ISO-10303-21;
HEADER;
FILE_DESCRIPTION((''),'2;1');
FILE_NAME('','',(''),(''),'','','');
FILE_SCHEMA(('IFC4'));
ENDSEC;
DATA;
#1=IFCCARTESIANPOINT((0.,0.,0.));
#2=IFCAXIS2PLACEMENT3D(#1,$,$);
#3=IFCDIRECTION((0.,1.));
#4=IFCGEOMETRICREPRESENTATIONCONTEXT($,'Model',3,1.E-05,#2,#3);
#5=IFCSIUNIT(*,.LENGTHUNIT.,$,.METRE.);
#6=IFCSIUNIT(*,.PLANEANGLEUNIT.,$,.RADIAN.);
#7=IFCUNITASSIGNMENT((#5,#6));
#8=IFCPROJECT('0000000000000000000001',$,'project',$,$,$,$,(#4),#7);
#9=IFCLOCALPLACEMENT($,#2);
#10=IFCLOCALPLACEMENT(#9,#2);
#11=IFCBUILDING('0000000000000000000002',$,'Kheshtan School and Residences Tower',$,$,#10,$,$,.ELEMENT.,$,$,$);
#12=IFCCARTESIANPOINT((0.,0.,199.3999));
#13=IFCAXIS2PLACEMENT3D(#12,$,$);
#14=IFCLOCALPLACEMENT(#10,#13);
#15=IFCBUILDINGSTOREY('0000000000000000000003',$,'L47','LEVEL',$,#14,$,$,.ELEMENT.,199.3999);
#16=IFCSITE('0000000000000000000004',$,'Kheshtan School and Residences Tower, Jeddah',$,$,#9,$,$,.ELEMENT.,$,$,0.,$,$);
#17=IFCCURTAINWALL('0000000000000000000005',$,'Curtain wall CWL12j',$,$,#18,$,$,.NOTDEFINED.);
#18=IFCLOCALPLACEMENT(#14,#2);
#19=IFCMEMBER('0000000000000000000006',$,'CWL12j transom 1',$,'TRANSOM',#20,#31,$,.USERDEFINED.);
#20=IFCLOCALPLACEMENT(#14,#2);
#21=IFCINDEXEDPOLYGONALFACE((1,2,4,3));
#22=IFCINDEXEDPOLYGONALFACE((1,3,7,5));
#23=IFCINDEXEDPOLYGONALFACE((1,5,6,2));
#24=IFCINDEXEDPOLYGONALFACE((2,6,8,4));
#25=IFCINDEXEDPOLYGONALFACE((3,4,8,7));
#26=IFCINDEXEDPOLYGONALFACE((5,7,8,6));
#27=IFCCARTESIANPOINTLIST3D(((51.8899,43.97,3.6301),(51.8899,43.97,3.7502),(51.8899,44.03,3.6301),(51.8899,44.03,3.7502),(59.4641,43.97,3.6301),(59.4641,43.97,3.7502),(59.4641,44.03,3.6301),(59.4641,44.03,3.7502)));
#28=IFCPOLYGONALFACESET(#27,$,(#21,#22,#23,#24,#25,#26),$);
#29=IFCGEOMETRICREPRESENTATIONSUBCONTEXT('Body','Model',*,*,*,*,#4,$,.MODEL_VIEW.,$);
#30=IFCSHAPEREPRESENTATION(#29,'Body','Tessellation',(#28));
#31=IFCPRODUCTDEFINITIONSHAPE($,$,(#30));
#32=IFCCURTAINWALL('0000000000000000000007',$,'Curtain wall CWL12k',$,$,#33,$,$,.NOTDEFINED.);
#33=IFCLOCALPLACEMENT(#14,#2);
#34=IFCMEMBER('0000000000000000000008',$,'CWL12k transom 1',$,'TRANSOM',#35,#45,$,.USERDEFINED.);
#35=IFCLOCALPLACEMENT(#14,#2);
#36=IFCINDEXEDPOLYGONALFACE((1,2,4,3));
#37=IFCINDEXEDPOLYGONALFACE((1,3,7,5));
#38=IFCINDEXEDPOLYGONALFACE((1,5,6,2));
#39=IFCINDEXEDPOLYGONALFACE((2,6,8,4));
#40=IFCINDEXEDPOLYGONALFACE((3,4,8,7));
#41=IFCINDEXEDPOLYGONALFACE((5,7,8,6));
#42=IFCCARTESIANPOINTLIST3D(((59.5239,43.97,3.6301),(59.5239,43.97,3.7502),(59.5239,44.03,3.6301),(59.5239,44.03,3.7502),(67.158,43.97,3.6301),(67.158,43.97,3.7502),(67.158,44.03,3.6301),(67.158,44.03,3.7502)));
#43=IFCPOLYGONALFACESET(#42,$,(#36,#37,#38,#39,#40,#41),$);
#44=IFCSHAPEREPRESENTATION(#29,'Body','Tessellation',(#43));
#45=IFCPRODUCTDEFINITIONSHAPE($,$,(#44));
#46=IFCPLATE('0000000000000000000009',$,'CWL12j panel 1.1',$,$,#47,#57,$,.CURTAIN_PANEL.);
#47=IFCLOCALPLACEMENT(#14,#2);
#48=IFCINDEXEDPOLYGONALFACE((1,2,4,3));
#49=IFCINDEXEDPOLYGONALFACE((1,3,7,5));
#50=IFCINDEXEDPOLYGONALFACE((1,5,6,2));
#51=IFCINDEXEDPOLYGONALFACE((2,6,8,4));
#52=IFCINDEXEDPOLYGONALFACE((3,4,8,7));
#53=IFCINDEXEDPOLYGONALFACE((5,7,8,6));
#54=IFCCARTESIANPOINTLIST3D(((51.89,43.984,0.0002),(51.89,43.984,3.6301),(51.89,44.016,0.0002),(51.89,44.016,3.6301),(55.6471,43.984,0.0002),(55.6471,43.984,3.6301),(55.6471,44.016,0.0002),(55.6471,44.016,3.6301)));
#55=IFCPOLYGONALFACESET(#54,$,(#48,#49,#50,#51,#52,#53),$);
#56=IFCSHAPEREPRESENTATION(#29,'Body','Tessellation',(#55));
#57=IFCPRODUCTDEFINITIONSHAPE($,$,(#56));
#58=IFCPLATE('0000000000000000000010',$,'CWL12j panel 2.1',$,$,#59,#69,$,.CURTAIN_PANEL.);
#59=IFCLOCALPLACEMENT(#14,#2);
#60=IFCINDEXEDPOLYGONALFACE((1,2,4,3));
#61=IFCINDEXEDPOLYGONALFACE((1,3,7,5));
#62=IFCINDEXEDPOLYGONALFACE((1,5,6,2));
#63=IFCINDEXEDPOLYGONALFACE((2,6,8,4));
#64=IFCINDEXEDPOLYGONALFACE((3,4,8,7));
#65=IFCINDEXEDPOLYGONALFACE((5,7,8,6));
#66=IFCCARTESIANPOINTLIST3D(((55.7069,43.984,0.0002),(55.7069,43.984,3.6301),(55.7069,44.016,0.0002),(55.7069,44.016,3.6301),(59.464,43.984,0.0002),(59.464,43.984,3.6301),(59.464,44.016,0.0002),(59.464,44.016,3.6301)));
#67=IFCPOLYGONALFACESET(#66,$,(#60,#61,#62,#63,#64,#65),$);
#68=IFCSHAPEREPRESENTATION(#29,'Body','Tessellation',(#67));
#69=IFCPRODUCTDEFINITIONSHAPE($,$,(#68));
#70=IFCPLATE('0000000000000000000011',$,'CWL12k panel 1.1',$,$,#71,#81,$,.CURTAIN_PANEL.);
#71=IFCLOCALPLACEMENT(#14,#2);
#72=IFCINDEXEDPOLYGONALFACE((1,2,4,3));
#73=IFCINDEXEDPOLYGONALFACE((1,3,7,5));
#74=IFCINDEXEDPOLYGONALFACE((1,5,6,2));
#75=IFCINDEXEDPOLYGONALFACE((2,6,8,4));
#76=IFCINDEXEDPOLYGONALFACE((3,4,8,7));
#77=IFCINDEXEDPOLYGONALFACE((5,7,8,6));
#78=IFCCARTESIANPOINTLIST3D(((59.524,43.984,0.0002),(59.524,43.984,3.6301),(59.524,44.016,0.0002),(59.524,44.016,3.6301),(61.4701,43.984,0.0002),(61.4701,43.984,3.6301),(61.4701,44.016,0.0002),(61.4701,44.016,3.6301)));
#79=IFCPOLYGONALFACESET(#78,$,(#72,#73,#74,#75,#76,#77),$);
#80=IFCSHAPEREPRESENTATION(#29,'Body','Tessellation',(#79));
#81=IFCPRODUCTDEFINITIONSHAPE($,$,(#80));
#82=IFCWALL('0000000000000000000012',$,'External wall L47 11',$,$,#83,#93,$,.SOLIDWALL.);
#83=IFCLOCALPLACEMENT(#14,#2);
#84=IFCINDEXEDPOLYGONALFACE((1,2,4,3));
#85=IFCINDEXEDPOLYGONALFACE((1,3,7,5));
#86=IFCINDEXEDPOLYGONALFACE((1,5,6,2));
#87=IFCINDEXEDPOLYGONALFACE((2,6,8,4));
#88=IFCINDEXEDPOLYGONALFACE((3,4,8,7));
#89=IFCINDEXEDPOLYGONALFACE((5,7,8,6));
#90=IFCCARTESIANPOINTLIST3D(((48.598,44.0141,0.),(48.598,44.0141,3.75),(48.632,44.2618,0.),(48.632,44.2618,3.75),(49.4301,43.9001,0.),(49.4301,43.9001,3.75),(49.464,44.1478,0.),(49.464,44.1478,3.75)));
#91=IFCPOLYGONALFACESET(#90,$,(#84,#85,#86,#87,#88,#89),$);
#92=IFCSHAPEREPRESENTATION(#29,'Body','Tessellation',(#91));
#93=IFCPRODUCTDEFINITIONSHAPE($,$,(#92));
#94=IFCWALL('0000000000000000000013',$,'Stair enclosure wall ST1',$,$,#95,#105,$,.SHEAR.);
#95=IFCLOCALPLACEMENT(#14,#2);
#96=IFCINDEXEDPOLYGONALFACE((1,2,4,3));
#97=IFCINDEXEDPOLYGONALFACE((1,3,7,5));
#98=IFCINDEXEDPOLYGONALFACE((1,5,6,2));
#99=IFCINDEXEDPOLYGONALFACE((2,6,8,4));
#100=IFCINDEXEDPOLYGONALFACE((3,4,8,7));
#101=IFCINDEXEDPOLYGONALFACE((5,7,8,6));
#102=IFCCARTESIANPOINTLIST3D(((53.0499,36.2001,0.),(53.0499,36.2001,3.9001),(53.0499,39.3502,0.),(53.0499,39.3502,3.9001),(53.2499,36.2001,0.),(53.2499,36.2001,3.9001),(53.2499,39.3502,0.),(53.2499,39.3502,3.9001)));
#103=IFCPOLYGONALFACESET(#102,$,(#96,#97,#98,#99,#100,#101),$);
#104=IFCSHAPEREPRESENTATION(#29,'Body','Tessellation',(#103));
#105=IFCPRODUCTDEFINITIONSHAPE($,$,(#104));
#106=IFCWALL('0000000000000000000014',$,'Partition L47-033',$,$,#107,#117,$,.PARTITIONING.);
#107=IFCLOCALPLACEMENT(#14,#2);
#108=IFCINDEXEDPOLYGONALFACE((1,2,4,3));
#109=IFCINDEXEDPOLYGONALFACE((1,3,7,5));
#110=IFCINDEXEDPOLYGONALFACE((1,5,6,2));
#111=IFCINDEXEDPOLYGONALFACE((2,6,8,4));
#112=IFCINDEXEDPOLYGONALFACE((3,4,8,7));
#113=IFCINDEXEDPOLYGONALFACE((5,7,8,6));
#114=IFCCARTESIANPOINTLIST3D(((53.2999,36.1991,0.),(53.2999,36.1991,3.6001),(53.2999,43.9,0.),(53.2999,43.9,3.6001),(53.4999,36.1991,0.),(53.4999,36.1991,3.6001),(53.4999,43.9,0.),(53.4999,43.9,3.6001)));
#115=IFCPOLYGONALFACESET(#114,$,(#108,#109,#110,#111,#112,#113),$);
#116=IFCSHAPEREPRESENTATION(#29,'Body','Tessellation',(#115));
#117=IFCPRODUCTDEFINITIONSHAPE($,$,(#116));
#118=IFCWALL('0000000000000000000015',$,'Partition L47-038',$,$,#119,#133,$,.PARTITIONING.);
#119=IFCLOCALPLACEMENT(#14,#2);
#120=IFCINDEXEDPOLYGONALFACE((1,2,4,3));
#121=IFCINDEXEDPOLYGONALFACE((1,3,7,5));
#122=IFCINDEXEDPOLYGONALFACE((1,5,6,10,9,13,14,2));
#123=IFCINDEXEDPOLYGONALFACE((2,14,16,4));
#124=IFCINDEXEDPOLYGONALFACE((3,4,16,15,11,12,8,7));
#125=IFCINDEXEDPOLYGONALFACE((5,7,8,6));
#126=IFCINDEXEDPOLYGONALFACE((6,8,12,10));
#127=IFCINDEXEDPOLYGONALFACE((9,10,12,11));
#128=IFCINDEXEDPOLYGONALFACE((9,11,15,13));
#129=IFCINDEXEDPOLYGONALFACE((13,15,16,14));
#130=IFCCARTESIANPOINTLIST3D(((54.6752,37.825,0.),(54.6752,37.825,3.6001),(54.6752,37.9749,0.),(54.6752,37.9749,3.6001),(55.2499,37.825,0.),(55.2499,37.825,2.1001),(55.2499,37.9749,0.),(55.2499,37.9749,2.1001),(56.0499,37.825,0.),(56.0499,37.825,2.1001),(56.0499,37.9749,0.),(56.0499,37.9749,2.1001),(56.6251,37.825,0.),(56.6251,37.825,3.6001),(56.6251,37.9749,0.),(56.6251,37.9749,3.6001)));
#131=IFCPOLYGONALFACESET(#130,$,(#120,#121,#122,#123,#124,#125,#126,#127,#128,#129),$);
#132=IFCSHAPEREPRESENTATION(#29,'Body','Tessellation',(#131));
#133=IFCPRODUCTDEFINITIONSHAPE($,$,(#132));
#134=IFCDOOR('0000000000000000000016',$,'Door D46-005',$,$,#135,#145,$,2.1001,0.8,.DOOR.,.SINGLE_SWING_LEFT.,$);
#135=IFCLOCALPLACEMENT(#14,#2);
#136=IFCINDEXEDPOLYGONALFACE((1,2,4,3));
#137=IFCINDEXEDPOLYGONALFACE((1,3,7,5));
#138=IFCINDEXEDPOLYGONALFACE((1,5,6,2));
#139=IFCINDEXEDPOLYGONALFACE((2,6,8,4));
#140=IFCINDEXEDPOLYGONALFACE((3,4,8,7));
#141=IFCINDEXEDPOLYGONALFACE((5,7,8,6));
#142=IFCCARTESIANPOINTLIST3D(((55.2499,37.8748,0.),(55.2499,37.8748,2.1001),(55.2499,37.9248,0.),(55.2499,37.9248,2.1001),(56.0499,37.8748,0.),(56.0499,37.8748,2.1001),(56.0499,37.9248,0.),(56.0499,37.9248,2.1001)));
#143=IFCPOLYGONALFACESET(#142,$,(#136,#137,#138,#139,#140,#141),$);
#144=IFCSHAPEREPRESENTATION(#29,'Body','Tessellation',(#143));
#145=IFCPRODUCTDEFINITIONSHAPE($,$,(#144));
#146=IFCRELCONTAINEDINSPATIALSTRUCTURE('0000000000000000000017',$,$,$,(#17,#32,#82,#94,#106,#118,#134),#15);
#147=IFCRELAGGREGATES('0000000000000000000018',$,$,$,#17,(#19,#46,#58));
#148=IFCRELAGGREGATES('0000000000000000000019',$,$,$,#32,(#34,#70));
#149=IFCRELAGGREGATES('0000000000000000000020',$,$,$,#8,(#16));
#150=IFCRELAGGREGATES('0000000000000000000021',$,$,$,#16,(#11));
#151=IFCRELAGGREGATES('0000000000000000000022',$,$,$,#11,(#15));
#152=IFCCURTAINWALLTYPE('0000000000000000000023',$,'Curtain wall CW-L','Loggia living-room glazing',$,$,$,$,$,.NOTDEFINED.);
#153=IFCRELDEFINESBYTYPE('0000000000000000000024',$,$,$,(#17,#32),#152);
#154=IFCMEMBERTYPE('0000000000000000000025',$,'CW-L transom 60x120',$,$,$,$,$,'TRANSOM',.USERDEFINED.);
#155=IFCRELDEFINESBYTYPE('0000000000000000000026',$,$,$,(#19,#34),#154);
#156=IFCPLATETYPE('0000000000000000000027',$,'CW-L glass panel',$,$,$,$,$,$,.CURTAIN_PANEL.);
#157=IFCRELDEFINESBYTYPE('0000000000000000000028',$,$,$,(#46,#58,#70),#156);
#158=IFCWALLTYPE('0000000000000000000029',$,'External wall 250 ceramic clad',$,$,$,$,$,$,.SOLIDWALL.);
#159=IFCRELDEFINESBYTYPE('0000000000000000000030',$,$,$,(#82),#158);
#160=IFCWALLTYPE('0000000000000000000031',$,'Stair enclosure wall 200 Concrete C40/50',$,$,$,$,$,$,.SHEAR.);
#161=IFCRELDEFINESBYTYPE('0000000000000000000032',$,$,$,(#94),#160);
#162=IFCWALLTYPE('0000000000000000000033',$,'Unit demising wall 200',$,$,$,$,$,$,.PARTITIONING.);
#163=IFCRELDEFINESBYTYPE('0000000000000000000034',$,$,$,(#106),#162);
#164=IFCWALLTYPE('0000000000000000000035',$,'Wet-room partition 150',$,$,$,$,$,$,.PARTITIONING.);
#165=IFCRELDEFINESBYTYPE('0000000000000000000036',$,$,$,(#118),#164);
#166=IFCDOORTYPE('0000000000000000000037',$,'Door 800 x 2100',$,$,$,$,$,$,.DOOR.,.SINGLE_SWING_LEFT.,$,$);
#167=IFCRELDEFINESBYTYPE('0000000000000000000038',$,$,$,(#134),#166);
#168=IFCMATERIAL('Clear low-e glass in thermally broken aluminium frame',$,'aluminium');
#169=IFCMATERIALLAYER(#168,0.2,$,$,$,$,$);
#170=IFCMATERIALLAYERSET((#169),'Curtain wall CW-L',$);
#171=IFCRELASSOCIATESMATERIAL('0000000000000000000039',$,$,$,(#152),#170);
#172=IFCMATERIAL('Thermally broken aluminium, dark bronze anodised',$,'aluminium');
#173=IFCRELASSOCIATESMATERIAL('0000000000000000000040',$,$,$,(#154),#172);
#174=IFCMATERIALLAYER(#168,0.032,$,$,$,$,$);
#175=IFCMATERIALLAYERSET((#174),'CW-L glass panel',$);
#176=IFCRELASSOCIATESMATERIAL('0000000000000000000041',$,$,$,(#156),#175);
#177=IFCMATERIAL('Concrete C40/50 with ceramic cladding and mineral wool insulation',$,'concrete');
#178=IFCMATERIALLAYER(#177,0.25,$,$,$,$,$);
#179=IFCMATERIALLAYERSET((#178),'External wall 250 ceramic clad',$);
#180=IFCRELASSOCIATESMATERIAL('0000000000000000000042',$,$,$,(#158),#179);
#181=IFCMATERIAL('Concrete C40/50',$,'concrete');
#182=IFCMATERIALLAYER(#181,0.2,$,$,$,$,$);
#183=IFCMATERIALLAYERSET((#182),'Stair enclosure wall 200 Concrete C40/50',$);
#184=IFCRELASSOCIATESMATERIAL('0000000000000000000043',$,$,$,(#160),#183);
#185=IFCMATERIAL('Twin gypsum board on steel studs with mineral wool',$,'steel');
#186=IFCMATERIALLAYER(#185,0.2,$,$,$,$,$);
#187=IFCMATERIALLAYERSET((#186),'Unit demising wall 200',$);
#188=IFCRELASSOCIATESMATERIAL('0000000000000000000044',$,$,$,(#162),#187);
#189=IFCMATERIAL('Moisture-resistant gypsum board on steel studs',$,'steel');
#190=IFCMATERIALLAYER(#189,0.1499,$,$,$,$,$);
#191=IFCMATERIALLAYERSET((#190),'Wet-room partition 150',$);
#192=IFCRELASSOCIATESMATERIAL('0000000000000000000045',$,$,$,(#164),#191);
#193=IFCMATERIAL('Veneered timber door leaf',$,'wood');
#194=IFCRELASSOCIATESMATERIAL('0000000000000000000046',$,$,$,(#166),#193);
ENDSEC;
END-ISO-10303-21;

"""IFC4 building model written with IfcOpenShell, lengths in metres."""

from ifc_helpers import new_model, si_unit, direction, frame, frame_2d, origin, origin_2d, place, context, subcontext, project, spatial, rectangle, extrude, source, transform, mapped, material, layer, layer_set, material_profile, profile_set, type_object, element, fill, aggregate, save


model = new_model("IFC4")

# Units and contexts
model_context = context("Model", 3, precision=1e-05, world=origin(), true_north=direction((0.0, 1.0)))
body_context = subcontext(model_context, "Body", "Model", "MODEL_VIEW")
ifc_project = project(units=[si_unit("LENGTHUNIT", "METRE"), si_unit("PLANEANGLEUNIT", "RADIAN")], contexts=[model_context])

# Site, building, storey
site_placement = place(None, origin())
site = spatial("IfcSite", under=ifc_project, at=site_placement, Name="Kheshtan School and Residences Tower, Jeddah", CompositionType="ELEMENT", RefElevation=0.0)
building_placement = place(site_placement, origin())
building = spatial("IfcBuilding", under=site, at=building_placement, Name="Kheshtan School and Residences Tower", CompositionType="ELEMENT")
storey_placement = place(building_placement, frame((0.0, 0.0, 199.3999)))
storey = spatial("IfcBuildingStorey", under=building, at=storey_placement, Name="L47", Description="LEVEL", CompositionType="ELEMENT", Elevation=199.3999)

# Curtain wall, member
ifc_material_1 = material(Name="Clear low-e glass in thermally broken aluminium frame", Category="aluminium")
ifc_layer_1 = layer(ifc_material_1, 0.2)
ifc_layer_set_1 = layer_set([ifc_layer_1], Name="Curtain wall CW-L")
curtain_wall_type = type_object("IfcCurtainWallType", Name="Curtain wall CW-L", Description="Loggia living-room glazing", PredefinedType="NOTDEFINED", material=ifc_layer_set_1)
curtain_wall_1_placement = place(storey_placement, origin())
curtain_wall_1 = element("IfcCurtainWall", 1, at=curtain_wall_1_placement, inside=storey, type_object=curtain_wall_type, Name="Curtain wall CWL12j", PredefinedType="NOTDEFINED")
ifc_material_2 = material(Name="Thermally broken aluminium, dark bronze anodised", Category="aluminium")
ifc_material_profile_1 = material_profile(ifc_material_2, rectangle(XDim=0.0601, YDim=0.1201, at=origin_2d()), Name="CW-L transom 60x120")
ifc_profile_set_1 = profile_set([ifc_material_profile_1], Name="Thermally broken aluminium, dark bronze anodised")
member_type_1 = type_object("IfcMemberType", Name="CW-L transom 60x120", ElementType="TRANSOM", PredefinedType="USERDEFINED", material=ifc_profile_set_1)
member_1_placement = place(storey_placement, frame((51.8899, 44.0, 3.6902), z_axis=(1.0, 0.0, 0.0), x_axis=(0.0, 1.0, 0.0)))
member_1 = element("IfcMember", 2, at=member_1_placement, type_object=member_type_1, Name="CWL12j transom 1", ObjectType="TRANSOM", PredefinedType="USERDEFINED", context=body_context, shape_type="SweptSolid", body=[
    extrude(rectangle(XDim=0.0601, YDim=0.1201, at=origin_2d()), origin(), (0.0, 0.0, 1.0), 7.5742),
])

# Curtain wall, member
curtain_wall_2_placement = place(storey_placement, origin())
curtain_wall_2 = element("IfcCurtainWall", 3, at=curtain_wall_2_placement, inside=storey, type_object=curtain_wall_type, Name="Curtain wall CWL12k", PredefinedType="NOTDEFINED")
member_2_placement = place(storey_placement, frame((59.5239, 44.0, 3.6902), z_axis=(1.0, 0.0, 0.0), x_axis=(0.0, 1.0, 0.0)))
member_2 = element("IfcMember", 4, at=member_2_placement, type_object=member_type_1, Name="CWL12k transom 1", ObjectType="TRANSOM", PredefinedType="USERDEFINED", context=body_context, shape_type="SweptSolid", body=[
    extrude(rectangle(XDim=0.0601, YDim=0.1201, at=origin_2d()), origin(), (0.0, 0.0, 1.0), 7.634),
])

# Plates
ifc_layer_2 = layer(ifc_material_1, 0.032)
ifc_layer_set_2 = layer_set([ifc_layer_2], Name="CW-L glass panel")
plate_type = type_object("IfcPlateType", Name="CW-L glass panel", PredefinedType="CURTAIN_PANEL", material=ifc_layer_set_2)
plate_1_placement = place(storey_placement, frame((53.7686, 44.0, 0.0002), z_axis=(0.0, 0.0, 1.0), x_axis=(1.0, 0.0, 0.0)))
plate_1 = element("IfcPlate", 5, at=plate_1_placement, type_object=plate_type, Name="CWL12j panel 1.1", PredefinedType="CURTAIN_PANEL", context=body_context, shape_type="SweptSolid", body=[
    extrude(rectangle(XDim=3.7571, YDim=0.032, at=origin_2d()), origin(), (0.0, 0.0, 1.0), 3.6299),
])
plate_2_placement = place(storey_placement, frame((57.5854, 44.0, 0.0002), z_axis=(0.0, 0.0, 1.0), x_axis=(1.0, 0.0, 0.0)))
plate_2 = element("IfcPlate", 6, at=plate_2_placement, type_object=plate_type, Name="CWL12j panel 2.1", PredefinedType="CURTAIN_PANEL", context=body_context, shape_type="SweptSolid", body=[
    extrude(rectangle(XDim=3.7571, YDim=0.032, at=origin_2d()), origin(), (0.0, 0.0, 1.0), 3.6299),
])
aggregate(curtain_wall_1, [member_1, plate_1, plate_2])
plate_3_placement = place(storey_placement, frame((60.4971, 44.0, 0.0002), z_axis=(0.0, 0.0, 1.0), x_axis=(1.0, 0.0, 0.0)))
plate_3 = element("IfcPlate", 7, at=plate_3_placement, type_object=plate_type, Name="CWL12k panel 1.1", PredefinedType="CURTAIN_PANEL", context=body_context, shape_type="SweptSolid", body=[
    extrude(rectangle(XDim=1.946, YDim=0.032, at=origin_2d()), origin(), (0.0, 0.0, 1.0), 3.6299),
])
aggregate(curtain_wall_2, [member_2, plate_3])

# Wall
ifc_material_3 = material(Name="Concrete C40/50 with ceramic cladding and mineral wool insulation", Category="concrete")
ifc_layer_3 = layer(ifc_material_3, 0.25)
ifc_layer_set_3 = layer_set([ifc_layer_3], Name="External wall 250 ceramic clad")
wall_type_1 = type_object("IfcWallType", Name="External wall 250 ceramic clad", PredefinedType="SOLIDWALL", material=ifc_layer_set_3)
wall_1_placement = place(storey_placement, frame((48.615, 44.1379, 0.0), z_axis=(0.0, 0.0, 1.0), x_axis=(0.990742, -0.135762, 0.0)))
element("IfcWall", 8, at=wall_1_placement, inside=storey, type_object=wall_type_1, Name="External wall L47 11", PredefinedType="SOLIDWALL", context=body_context, shape_type="SweptSolid", body=[
    extrude(rectangle(XDim=0.8398, YDim=0.25, at=frame_2d((0.4199, 0.0))), origin(), (0.0, 0.0, 1.0), 3.75),
])

# Walls
ifc_material_4 = material(Name="Concrete C40/50", Category="concrete")
ifc_layer_4 = layer(ifc_material_4, 0.2)
ifc_layer_set_4 = layer_set([ifc_layer_4], Name="Stair enclosure wall 200 Concrete C40/50")
wall_type_2 = type_object("IfcWallType", Name="Stair enclosure wall 200 Concrete C40/50", PredefinedType="SHEAR", material=ifc_layer_set_4)
wall_2_placement = place(storey_placement, frame((53.1499, 36.2, 0.0), z_axis=(0.0, 0.0, 1.0), x_axis=(0.0, 1.0, 0.0)))
element("IfcWall", 9, at=wall_2_placement, inside=storey, type_object=wall_type_2, Name="Stair enclosure wall ST1", PredefinedType="SHEAR", context=body_context, shape_type="SweptSolid", body=[
    extrude(rectangle(XDim=3.1501, YDim=0.2, at=frame_2d((1.5752, 0.0))), origin(), (0.0, 0.0, 1.0), 3.9001),
])
ifc_material_5 = material(Name="Twin gypsum board on steel studs with mineral wool", Category="steel")
ifc_layer_5 = layer(ifc_material_5, 0.2)
ifc_layer_set_5 = layer_set([ifc_layer_5], Name="Unit demising wall 200")
wall_type_3 = type_object("IfcWallType", Name="Unit demising wall 200", PredefinedType="PARTITIONING", material=ifc_layer_set_5)
wall_3_placement = place(storey_placement, frame((53.3999, 36.199, 0.0), z_axis=(0.0, 0.0, 1.0), x_axis=(0.0, 1.0, 0.0)))
element("IfcWall", 10, at=wall_3_placement, inside=storey, type_object=wall_type_3, Name="Partition L47-033", PredefinedType="PARTITIONING", context=body_context, shape_type="SweptSolid", body=[
    extrude(rectangle(XDim=7.7009, YDim=0.2, at=frame_2d((3.8506, 0.0))), origin(), (0.0, 0.0, 1.0), 3.6001),
])

# Wall, opening, door
ifc_material_6 = material(Name="Moisture-resistant gypsum board on steel studs", Category="steel")
ifc_layer_6 = layer(ifc_material_6, 0.1499)
ifc_layer_set_6 = layer_set([ifc_layer_6], Name="Wet-room partition 150")
wall_type_4 = type_object("IfcWallType", Name="Wet-room partition 150", PredefinedType="PARTITIONING", material=ifc_layer_set_6)
wall_4_placement = place(storey_placement, frame((54.675, 37.8999, 0.0), z_axis=(0.0, 0.0, 1.0), x_axis=(1.0, 0.0, 0.0)))
wall_4 = element("IfcWall", 11, at=wall_4_placement, inside=storey, type_object=wall_type_4, Name="Partition L47-038", PredefinedType="PARTITIONING", context=body_context, shape_type="SweptSolid", body=[
    extrude(rectangle(XDim=1.95, YDim=0.1499, at=frame_2d((0.9751, 0.0))), origin(), (0.0, 0.0, 1.0), 3.6001),
])
opening_1_placement = place(wall_4_placement, frame((0.575, 0.0, 0.0)))
opening_1 = element("IfcOpeningElement", 12, at=opening_1_placement, cuts=wall_4, PredefinedType="OPENING", context=body_context, shape_type="SweptSolid", body=[
    extrude(rectangle(XDim=0.8, YDim=2.1001, at=frame_2d((0.3999, 1.05))), frame((0.0, 0.085, 0.0), z_axis=(0.0, -1.0, 0.0), x_axis=(1.0, 0.0, 0.0)), (0.0, 0.0, 1.0), 0.1699),
])
ifc_material_7 = material(Name="Veneered timber door leaf", Category="wood")
door_type_1 = type_object("IfcDoorType", Name="Door 800 x 2100", OperationType="SINGLE_SWING_LEFT", PredefinedType="DOOR", material=ifc_material_7)
shared_shape_1 = source(origin(), body_context, "Body", "SweptSolid", [
    extrude(rectangle(XDim=0.8, YDim=2.1001, at=frame_2d((0.3999, 1.05))), frame((0.0, 0.0249, 0.0), z_axis=(0.0, -1.0, 0.0), x_axis=(1.0, 0.0, 0.0)), (0.0, 0.0, 1.0), 0.05),
])
door_1_placement = place(opening_1_placement, origin())
door_1 = element("IfcDoor", 13, at=door_1_placement, inside=storey, type_object=door_type_1, Name="Door D46-005", OperationType="SINGLE_SWING_LEFT", OverallHeight=2.1001, OverallWidth=0.8, PredefinedType="DOOR", context=body_context, shape_type="MappedRepresentation", body=[
    mapped(shared_shape_1, transform((0.0, 0.0, 0.0), x_axis=(1.0, 0.0, 0.0), y_axis=(0.0, 1.0, 0.0), z_axis=(0.0, 0.0, 1.0), scale=1.0)),
])
fill(opening_1, door_1)

save(model, "model.ifc")
